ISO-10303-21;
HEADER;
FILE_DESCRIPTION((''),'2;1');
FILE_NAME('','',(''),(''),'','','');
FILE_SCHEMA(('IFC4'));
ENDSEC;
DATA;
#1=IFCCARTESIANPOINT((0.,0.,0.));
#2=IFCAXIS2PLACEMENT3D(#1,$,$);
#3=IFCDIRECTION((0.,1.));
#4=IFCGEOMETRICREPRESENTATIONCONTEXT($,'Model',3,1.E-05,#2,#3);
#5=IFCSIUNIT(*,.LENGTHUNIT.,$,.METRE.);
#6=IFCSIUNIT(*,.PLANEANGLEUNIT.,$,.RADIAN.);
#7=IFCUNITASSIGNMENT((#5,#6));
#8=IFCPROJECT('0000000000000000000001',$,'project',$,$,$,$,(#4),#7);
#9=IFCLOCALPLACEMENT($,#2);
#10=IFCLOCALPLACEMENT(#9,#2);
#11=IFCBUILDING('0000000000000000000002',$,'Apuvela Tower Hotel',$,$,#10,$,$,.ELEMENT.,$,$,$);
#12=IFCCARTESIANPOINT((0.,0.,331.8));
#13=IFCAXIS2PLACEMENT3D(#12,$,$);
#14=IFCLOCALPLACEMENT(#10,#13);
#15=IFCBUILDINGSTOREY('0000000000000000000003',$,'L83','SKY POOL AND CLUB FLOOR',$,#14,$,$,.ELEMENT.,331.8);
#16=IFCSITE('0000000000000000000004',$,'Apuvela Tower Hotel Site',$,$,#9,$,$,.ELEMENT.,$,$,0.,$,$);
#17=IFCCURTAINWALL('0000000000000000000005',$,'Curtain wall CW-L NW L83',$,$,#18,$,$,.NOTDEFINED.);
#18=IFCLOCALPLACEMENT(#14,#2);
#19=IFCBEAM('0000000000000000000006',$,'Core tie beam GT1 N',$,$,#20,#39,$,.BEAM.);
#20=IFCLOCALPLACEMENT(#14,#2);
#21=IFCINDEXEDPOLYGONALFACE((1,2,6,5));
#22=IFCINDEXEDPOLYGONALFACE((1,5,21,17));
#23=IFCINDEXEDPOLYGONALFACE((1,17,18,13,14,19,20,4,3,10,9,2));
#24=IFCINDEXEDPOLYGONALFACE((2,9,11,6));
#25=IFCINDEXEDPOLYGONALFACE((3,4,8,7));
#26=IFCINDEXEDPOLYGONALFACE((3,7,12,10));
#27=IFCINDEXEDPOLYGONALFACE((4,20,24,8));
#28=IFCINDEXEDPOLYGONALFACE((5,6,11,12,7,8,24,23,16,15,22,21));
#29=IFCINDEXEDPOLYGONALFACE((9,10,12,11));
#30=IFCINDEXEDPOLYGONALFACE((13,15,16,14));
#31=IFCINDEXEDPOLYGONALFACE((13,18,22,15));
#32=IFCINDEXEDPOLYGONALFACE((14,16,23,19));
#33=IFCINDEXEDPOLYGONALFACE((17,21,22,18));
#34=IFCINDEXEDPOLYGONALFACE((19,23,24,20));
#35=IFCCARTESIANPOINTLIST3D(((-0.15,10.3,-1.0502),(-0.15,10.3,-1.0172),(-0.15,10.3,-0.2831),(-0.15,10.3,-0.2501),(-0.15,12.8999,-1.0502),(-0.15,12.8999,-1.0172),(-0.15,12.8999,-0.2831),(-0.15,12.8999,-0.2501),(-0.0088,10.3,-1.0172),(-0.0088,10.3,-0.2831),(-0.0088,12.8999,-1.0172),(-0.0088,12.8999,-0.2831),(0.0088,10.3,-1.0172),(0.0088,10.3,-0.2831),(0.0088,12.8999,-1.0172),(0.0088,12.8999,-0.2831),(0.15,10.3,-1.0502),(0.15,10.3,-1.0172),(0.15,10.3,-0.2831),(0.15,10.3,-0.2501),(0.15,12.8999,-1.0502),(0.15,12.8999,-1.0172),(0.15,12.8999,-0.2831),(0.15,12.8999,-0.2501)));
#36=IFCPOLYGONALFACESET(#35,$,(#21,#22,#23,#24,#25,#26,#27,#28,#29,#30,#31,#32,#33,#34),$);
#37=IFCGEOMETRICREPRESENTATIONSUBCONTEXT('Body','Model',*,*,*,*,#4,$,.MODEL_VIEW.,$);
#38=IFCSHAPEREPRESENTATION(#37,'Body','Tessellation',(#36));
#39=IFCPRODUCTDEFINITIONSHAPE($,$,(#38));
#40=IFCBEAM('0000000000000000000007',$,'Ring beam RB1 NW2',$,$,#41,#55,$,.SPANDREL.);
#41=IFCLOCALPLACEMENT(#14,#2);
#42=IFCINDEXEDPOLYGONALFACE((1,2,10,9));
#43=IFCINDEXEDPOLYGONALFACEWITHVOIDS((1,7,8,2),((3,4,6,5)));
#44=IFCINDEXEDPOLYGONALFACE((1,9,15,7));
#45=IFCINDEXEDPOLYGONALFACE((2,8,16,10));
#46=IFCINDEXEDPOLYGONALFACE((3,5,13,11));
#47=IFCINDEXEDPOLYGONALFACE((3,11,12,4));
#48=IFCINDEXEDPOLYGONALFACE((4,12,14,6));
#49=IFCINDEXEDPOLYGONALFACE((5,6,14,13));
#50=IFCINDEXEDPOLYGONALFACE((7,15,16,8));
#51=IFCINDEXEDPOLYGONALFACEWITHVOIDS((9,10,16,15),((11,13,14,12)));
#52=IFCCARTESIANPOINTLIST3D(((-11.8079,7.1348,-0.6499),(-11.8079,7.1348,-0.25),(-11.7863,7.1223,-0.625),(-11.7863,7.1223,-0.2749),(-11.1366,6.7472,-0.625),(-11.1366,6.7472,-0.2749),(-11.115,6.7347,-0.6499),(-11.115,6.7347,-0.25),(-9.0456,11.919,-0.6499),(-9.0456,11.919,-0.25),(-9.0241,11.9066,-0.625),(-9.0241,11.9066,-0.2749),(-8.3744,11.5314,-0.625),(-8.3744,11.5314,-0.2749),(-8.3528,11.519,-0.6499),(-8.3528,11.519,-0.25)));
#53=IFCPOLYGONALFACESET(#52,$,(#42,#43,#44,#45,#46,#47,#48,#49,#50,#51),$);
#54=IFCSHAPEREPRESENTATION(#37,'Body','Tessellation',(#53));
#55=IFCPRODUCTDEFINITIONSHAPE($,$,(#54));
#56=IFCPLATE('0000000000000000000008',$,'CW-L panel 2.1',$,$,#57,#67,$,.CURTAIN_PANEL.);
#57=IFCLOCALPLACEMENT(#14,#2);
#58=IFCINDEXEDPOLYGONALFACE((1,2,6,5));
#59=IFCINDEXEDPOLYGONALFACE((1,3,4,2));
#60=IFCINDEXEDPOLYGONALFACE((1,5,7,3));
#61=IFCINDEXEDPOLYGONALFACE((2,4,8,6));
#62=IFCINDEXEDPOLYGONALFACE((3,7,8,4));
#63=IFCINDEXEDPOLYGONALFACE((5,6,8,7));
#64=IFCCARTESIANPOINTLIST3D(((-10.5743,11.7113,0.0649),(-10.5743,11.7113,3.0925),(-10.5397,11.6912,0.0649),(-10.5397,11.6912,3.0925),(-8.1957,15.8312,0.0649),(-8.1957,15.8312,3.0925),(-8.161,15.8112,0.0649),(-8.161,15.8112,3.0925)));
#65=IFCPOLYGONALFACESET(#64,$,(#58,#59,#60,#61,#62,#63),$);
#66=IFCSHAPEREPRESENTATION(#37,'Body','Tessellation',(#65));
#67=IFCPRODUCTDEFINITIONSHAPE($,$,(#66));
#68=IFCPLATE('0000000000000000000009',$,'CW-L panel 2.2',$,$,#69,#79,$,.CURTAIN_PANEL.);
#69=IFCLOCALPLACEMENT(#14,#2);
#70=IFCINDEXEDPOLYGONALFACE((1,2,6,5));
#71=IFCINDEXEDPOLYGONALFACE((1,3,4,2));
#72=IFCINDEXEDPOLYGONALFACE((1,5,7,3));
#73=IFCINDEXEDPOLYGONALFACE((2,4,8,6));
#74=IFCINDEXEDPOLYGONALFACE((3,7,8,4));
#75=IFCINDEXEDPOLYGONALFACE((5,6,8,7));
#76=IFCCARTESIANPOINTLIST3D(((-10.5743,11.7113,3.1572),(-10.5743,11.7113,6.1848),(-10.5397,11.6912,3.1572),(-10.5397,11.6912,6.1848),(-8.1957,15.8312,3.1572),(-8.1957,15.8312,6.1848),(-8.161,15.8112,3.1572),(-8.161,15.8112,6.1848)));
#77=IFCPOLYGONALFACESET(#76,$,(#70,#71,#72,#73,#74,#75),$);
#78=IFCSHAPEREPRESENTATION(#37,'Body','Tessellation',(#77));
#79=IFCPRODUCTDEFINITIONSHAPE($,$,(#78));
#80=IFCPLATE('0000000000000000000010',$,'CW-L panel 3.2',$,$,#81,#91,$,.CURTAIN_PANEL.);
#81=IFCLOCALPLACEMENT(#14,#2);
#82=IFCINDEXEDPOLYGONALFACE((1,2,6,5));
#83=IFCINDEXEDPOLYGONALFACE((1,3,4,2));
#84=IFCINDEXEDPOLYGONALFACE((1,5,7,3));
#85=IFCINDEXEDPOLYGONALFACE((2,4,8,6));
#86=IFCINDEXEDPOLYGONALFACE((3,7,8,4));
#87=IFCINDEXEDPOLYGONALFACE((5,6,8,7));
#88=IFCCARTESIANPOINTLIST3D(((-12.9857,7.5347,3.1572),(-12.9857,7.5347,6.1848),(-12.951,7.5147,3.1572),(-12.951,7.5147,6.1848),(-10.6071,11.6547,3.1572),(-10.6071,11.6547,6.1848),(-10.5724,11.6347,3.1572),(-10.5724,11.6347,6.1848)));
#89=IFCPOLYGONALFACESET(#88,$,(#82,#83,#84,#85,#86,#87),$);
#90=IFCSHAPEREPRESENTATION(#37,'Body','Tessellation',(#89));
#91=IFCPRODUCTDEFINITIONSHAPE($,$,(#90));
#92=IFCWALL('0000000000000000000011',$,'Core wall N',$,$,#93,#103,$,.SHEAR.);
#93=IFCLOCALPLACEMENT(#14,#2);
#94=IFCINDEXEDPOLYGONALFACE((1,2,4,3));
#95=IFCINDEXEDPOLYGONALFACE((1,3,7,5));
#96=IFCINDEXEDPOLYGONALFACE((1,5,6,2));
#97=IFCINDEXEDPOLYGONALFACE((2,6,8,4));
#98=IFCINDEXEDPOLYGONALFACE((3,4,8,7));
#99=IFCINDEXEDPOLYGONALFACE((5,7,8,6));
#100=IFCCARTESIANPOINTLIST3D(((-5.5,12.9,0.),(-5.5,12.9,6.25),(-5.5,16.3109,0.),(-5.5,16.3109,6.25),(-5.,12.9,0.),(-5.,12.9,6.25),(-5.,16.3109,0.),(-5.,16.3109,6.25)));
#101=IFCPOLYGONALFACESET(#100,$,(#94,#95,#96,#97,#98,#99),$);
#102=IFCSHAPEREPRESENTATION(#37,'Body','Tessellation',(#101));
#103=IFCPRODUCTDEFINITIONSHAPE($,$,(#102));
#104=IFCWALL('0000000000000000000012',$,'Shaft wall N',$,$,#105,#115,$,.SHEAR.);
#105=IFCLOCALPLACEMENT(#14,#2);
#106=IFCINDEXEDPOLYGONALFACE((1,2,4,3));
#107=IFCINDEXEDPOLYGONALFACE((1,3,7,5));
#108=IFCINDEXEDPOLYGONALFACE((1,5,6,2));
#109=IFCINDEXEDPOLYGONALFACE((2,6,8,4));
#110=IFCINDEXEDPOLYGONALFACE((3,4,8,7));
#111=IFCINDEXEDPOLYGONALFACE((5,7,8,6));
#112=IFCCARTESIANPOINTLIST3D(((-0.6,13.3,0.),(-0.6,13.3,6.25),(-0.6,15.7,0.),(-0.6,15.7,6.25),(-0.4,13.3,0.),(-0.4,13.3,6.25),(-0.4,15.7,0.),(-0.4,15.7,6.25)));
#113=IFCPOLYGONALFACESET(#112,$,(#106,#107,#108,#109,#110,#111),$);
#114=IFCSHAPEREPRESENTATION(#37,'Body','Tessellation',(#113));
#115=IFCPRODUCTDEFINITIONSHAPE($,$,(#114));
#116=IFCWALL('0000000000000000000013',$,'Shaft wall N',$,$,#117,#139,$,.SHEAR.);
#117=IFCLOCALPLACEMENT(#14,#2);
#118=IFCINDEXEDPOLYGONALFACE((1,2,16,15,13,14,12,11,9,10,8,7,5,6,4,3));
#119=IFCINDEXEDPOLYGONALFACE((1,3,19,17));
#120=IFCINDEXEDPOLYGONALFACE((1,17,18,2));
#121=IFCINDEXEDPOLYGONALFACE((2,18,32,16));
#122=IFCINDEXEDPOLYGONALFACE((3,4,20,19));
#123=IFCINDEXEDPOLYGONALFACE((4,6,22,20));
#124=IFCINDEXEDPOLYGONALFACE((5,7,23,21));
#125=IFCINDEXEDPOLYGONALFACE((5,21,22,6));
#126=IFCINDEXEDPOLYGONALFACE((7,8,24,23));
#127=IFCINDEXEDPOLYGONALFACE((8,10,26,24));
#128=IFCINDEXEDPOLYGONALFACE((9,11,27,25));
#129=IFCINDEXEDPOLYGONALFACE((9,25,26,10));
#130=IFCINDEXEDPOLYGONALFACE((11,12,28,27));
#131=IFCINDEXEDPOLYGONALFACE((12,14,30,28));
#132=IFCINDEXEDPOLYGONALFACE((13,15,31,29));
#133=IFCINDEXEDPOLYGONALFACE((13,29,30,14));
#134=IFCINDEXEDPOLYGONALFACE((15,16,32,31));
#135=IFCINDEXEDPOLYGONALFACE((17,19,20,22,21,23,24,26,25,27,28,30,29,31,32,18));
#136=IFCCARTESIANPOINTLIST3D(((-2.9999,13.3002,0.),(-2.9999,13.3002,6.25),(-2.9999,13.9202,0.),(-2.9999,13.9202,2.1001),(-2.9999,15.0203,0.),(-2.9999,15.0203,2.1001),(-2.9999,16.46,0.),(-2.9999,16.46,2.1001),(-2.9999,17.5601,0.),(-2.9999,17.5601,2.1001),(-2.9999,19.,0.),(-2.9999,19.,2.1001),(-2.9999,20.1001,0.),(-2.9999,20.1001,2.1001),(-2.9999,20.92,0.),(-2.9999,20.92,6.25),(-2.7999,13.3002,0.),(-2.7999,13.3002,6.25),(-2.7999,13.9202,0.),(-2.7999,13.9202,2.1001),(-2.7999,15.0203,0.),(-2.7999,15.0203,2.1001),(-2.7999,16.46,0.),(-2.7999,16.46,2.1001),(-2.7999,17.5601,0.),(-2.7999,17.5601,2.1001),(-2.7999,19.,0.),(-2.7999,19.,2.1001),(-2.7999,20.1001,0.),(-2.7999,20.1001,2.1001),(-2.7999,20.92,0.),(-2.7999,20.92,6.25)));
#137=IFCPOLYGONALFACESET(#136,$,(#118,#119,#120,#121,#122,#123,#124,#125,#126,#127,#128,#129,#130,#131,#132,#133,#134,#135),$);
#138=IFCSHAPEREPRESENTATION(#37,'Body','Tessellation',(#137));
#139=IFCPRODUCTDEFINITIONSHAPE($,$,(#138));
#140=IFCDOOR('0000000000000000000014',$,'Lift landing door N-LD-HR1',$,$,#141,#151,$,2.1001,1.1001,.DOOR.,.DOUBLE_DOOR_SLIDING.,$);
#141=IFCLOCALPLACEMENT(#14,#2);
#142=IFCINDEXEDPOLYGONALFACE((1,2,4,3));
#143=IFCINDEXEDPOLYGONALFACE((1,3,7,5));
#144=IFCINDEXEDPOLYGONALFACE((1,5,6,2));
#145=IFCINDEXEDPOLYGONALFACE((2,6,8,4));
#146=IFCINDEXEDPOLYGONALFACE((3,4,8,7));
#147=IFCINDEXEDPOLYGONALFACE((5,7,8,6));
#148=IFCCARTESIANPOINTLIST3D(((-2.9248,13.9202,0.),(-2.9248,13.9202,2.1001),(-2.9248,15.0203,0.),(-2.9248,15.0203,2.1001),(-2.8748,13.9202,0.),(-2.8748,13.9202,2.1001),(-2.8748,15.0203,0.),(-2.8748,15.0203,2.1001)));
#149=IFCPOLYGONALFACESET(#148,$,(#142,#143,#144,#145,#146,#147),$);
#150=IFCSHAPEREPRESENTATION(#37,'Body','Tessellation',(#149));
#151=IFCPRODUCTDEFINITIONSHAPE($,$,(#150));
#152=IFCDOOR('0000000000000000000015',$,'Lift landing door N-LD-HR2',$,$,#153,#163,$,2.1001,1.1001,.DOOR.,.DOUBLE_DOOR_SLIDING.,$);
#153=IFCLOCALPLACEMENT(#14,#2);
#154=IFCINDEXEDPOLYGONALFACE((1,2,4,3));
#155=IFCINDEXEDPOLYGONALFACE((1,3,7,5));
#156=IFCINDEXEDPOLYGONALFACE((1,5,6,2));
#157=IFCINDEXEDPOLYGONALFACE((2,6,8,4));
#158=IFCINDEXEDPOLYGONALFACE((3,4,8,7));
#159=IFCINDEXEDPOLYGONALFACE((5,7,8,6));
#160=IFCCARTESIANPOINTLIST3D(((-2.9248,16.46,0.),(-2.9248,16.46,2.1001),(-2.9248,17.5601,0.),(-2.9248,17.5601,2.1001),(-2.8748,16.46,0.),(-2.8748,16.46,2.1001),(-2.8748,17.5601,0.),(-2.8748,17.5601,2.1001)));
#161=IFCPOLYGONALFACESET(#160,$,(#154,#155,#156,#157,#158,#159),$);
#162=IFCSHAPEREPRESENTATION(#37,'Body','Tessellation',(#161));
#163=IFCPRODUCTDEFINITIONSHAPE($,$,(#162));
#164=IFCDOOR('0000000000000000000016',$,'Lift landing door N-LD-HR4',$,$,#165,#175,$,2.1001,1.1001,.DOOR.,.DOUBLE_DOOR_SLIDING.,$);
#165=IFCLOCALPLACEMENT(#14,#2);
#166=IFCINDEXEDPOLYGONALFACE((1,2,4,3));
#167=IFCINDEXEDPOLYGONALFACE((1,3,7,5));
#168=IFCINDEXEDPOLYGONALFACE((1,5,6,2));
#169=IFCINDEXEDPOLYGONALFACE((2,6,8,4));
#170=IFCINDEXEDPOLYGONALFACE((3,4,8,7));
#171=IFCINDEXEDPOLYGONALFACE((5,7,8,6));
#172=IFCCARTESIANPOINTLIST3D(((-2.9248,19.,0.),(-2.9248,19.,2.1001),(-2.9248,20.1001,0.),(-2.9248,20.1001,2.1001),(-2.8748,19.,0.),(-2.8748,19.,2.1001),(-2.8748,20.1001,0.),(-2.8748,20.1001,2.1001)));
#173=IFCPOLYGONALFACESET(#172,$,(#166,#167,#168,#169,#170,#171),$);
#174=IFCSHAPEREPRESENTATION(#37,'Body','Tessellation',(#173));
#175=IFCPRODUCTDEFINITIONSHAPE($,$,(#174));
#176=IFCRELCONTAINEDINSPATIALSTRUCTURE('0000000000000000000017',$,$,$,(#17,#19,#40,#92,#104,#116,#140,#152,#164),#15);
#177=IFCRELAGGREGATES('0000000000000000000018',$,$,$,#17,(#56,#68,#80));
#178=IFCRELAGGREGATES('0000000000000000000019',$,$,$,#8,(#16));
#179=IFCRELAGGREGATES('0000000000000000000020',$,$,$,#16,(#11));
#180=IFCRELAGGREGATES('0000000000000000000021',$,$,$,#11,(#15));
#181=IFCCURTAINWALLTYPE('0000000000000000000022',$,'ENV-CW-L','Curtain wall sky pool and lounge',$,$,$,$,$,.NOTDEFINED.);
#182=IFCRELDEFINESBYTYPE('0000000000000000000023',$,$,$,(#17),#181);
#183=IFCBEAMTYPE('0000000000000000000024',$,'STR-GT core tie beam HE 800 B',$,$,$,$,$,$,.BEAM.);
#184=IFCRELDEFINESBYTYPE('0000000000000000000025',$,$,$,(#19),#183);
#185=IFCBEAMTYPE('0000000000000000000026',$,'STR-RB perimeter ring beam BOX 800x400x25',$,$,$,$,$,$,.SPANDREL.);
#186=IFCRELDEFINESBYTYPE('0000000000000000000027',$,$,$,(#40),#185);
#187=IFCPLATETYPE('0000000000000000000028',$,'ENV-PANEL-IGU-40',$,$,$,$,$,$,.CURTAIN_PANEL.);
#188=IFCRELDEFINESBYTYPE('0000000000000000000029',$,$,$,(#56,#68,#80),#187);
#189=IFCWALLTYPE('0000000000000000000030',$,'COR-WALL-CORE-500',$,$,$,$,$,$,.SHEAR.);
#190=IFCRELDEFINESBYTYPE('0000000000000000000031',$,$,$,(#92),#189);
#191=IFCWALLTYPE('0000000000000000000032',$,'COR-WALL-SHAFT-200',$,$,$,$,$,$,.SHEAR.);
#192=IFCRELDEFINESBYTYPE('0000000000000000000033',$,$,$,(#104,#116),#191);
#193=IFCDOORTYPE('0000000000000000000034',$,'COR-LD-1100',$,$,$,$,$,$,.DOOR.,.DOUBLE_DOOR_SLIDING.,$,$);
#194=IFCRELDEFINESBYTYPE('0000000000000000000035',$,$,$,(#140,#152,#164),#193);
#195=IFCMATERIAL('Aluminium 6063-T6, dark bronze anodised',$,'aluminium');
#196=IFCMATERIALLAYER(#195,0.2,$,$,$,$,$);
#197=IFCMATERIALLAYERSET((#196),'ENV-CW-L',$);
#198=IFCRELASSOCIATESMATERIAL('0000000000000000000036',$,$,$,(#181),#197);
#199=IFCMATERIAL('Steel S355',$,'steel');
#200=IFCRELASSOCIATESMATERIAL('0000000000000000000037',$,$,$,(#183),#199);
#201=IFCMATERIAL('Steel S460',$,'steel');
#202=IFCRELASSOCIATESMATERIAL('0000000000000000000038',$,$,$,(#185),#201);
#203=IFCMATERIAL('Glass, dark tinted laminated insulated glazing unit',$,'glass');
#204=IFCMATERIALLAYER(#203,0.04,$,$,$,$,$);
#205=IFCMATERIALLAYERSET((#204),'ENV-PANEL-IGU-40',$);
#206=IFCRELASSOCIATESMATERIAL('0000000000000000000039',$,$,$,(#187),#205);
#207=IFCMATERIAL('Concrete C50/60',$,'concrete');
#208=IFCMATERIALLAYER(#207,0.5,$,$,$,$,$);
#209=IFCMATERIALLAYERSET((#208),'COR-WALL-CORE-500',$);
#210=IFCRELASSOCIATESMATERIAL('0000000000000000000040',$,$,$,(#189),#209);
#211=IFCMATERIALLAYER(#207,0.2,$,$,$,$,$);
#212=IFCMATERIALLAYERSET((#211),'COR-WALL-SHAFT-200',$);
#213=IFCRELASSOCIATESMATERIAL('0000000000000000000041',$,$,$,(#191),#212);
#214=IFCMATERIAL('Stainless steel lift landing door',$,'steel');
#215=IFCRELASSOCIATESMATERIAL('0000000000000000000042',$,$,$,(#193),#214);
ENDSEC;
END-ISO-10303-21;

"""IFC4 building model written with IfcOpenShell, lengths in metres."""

from ifc_helpers import new_model, si_unit, direction, frame, frame_2d, origin, origin_2d, place, context, subcontext, project, spatial, rectangle, hollow_rectangle, i_section, extrude, material, layer, layer_set, material_profile, profile_set, type_object, element, fill, aggregate, save


model = new_model("IFC4")

# Units and contexts
model_context = context("Model", 3, precision=1e-05, world=origin(), true_north=direction((0.0, 1.0)))
body_context = subcontext(model_context, "Body", "Model", "MODEL_VIEW")
ifc_project = project(units=[si_unit("LENGTHUNIT", "METRE"), si_unit("PLANEANGLEUNIT", "RADIAN")], contexts=[model_context])

# Site, building, storey
site_placement = place(None, origin())
site = spatial("IfcSite", under=ifc_project, at=site_placement, Name="Apuvela Tower Hotel Site", CompositionType="ELEMENT", RefElevation=0.0)
building_placement = place(site_placement, origin())
building = spatial("IfcBuilding", under=site, at=building_placement, Name="Apuvela Tower Hotel", CompositionType="ELEMENT")
storey_placement = place(building_placement, frame((0.0, 0.0, 331.8)))
storey = spatial("IfcBuildingStorey", under=building, at=storey_placement, Name="L83", Description="SKY POOL AND CLUB FLOOR", CompositionType="ELEMENT", Elevation=331.8)

# Shared definitions
ifc_material_1 = material(Name="Steel S460", Category="steel")

# Curtain wall
ifc_material_2 = material(Name="Aluminium 6063-T6, dark bronze anodised", Category="aluminium")
ifc_layer_1 = layer(ifc_material_2, 0.2)
ifc_layer_set_1 = layer_set([ifc_layer_1], Name="ENV-CW-L")
curtain_wall_type = type_object("IfcCurtainWallType", Name="ENV-CW-L", Description="Curtain wall sky pool and lounge", PredefinedType="NOTDEFINED", material=ifc_layer_set_1)
curtain_wall_placement = place(storey_placement, origin())
curtain_wall = element("IfcCurtainWall", 1, at=curtain_wall_placement, inside=storey, type_object=curtain_wall_type, Name="Curtain wall CW-L NW L83", PredefinedType="NOTDEFINED")

# Beams
ifc_material_3 = material(Name="Steel S355", Category="steel")
ifc_material_profile_1 = material_profile(ifc_material_3, i_section(OverallWidth=0.3, OverallDepth=0.8, WebThickness=0.0176, FlangeThickness=0.033, at=origin_2d()), Name="HE 800 B")
ifc_profile_set_1 = profile_set([ifc_material_profile_1], Name="Steel S355")
beam_type_1 = type_object("IfcBeamType", Name="STR-GT core tie beam HE 800 B", PredefinedType="BEAM", material=ifc_profile_set_1)
beam_1_placement = place(storey_placement, frame((0.0, 12.8999, -0.6501), z_axis=(0.0, -1.0, 0.0), x_axis=(1.0, 0.0, 0.0)))
element("IfcBeam", 2, at=beam_1_placement, inside=storey, type_object=beam_type_1, Name="Core tie beam GT1 N", PredefinedType="BEAM", context=body_context, shape_type="SweptSolid", body=[
    extrude(i_section(OverallWidth=0.3, OverallDepth=0.8, WebThickness=0.0176, FlangeThickness=0.033, at=origin_2d()), origin(), (0.0, 0.0, 1.0), 2.5999),
])
ifc_material_profile_2 = material_profile(ifc_material_1, hollow_rectangle(XDim=0.8, YDim=0.3999, WallThickness=0.0249, at=origin_2d()), Name="BOX 800x400x25")
ifc_profile_set_2 = profile_set([ifc_material_profile_2], Name="Steel S460")
beam_type_2 = type_object("IfcBeamType", Name="STR-RB perimeter ring beam BOX 800x400x25", PredefinedType="SPANDREL", material=ifc_profile_set_2)
beam_2_placement = place(storey_placement, frame((-8.6992, 11.719, -0.45), z_axis=(-0.500008, -0.866021, 0.0), x_axis=(0.866021, -0.500008, 0.0)))
element("IfcBeam", 3, at=beam_2_placement, inside=storey, type_object=beam_type_2, Name="Ring beam RB1 NW2", PredefinedType="SPANDREL", context=body_context, shape_type="SweptSolid", body=[
    extrude(hollow_rectangle(XDim=0.8, YDim=0.3999, WallThickness=0.0249, at=origin_2d()), origin(), (0.0, 0.0, 1.0), 5.5244),
])

# Plates
ifc_material_4 = material(Name="Glass, dark tinted laminated insulated glazing unit", Category="glass")
ifc_layer_2 = layer(ifc_material_4, 0.04)
ifc_layer_set_2 = layer_set([ifc_layer_2], Name="ENV-PANEL-IGU-40")
plate_type = type_object("IfcPlateType", Name="ENV-PANEL-IGU-40", PredefinedType="CURTAIN_PANEL", material=ifc_layer_set_2)
plate_1_placement = place(storey_placement, frame((-9.3677, 13.7612, 0.0649), z_axis=(0.0, 0.0, 1.0), x_axis=(-0.5, -0.866025, 0.0)))
plate_1 = element("IfcPlate", 4, at=plate_1_placement, type_object=plate_type, Name="CW-L panel 2.1", PredefinedType="CURTAIN_PANEL", context=body_context, shape_type="SweptSolid", body=[
    extrude(rectangle(XDim=4.7573, YDim=0.04, at=origin_2d()), origin(), (0.0, 0.0, 1.0), 3.0276),
])
plate_2_placement = place(storey_placement, frame((-9.3677, 13.7612, 3.1572), z_axis=(0.0, 0.0, 1.0), x_axis=(-0.5, -0.866025, 0.0)))
plate_2 = element("IfcPlate", 5, at=plate_2_placement, type_object=plate_type, Name="CW-L panel 2.2", PredefinedType="CURTAIN_PANEL", context=body_context, shape_type="SweptSolid", body=[
    extrude(rectangle(XDim=4.7573, YDim=0.04, at=origin_2d()), origin(), (0.0, 0.0, 1.0), 3.0276),
])
plate_3_placement = place(storey_placement, frame((-11.7791, 9.5847, 3.1572), z_axis=(0.0, 0.0, 1.0), x_axis=(-0.5, -0.866025, 0.0)))
plate_3 = element("IfcPlate", 6, at=plate_3_placement, type_object=plate_type, Name="CW-L panel 3.2", PredefinedType="CURTAIN_PANEL", context=body_context, shape_type="SweptSolid", body=[
    extrude(rectangle(XDim=4.7573, YDim=0.04, at=origin_2d()), origin(), (0.0, 0.0, 1.0), 3.0276),
])
aggregate(curtain_wall, [plate_1, plate_2, plate_3])

# Walls
ifc_material_5 = material(Name="Concrete C50/60", Category="concrete")
ifc_layer_3 = layer(ifc_material_5, 0.5)
ifc_layer_set_3 = layer_set([ifc_layer_3], Name="COR-WALL-CORE-500")
wall_type_1 = type_object("IfcWallType", Name="COR-WALL-CORE-500", PredefinedType="SHEAR", material=ifc_layer_set_3)
wall_1_placement = place(storey_placement, frame((-5.25, 12.8999, 0.0), z_axis=(0.0, 0.0, 1.0), x_axis=(0.0, 1.0, 0.0)))
element("IfcWall", 7, at=wall_1_placement, inside=storey, type_object=wall_type_1, Name="Core wall N", PredefinedType="SHEAR", context=body_context, shape_type="SweptSolid", body=[
    extrude(rectangle(XDim=3.4109, YDim=0.5, at=frame_2d((1.7056, 0.0))), origin(), (0.0, 0.0, 1.0), 6.25),
])
ifc_layer_4 = layer(ifc_material_5, 0.2)
ifc_layer_set_4 = layer_set([ifc_layer_4], Name="COR-WALL-SHAFT-200")
wall_type_2 = type_object("IfcWallType", Name="COR-WALL-SHAFT-200", PredefinedType="SHEAR", material=ifc_layer_set_4)
wall_2_placement = place(storey_placement, frame((-0.5, 13.3, 0.0), z_axis=(0.0, 0.0, 1.0), x_axis=(0.0, 1.0, 0.0)))
element("IfcWall", 8, at=wall_2_placement, inside=storey, type_object=wall_type_2, Name="Shaft wall N", PredefinedType="SHEAR", context=body_context, shape_type="SweptSolid", body=[
    extrude(rectangle(XDim=2.3999, YDim=0.2, at=frame_2d((1.2, 0.0))), origin(), (0.0, 0.0, 1.0), 6.25),
])

# Wall, openings, doors
wall_3_placement = place(storey_placement, frame((-2.8999, 13.3, 0.0), z_axis=(0.0, 0.0, 1.0), x_axis=(0.0, 1.0, 0.0)))
wall_3 = element("IfcWall", 9, at=wall_3_placement, inside=storey, type_object=wall_type_2, Name="Shaft wall N", PredefinedType="SHEAR", context=body_context, shape_type="SweptSolid", body=[
    extrude(rectangle(XDim=7.6199, YDim=0.2, at=frame_2d((3.8101, 0.0))), origin(), (0.0, 0.0, 1.0), 6.25),
])
opening_1_placement = place(wall_3_placement, frame((0.6201, 0.0, 0.0)))
opening_1 = element("IfcOpeningElement", 10, at=opening_1_placement, cuts=wall_3, PredefinedType="OPENING", context=body_context, shape_type="SweptSolid", body=[
    extrude(rectangle(XDim=1.1001, YDim=2.1001, at=frame_2d((0.55, 1.05))), frame((0.0, 0.1099, 0.0), z_axis=(0.0, -1.0, 0.0), x_axis=(1.0, 0.0, 0.0)), (0.0, 0.0, 1.0), 0.22),
])
opening_2_placement = place(wall_3_placement, frame((3.1599, 0.0, 0.0)))
opening_2 = element("IfcOpeningElement", 11, at=opening_2_placement, cuts=wall_3, PredefinedType="OPENING", context=body_context, shape_type="SweptSolid", body=[
    extrude(rectangle(XDim=1.1001, YDim=2.1001, at=frame_2d((0.55, 1.05))), frame((0.0, 0.1099, 0.0), z_axis=(0.0, -1.0, 0.0), x_axis=(1.0, 0.0, 0.0)), (0.0, 0.0, 1.0), 0.22),
])
opening_3_placement = place(wall_3_placement, frame((5.7, 0.0, 0.0)))
opening_3 = element("IfcOpeningElement", 12, at=opening_3_placement, cuts=wall_3, PredefinedType="OPENING", context=body_context, shape_type="SweptSolid", body=[
    extrude(rectangle(XDim=1.1001, YDim=2.1001, at=frame_2d((0.55, 1.05))), frame((0.0, 0.1099, 0.0), z_axis=(0.0, -1.0, 0.0), x_axis=(1.0, 0.0, 0.0)), (0.0, 0.0, 1.0), 0.22),
])
ifc_material_6 = material(Name="Stainless steel lift landing door", Category="steel")
door_type_1 = type_object("IfcDoorType", Name="COR-LD-1100", OperationType="DOUBLE_DOOR_SLIDING", PredefinedType="DOOR", material=ifc_material_6)
door_1_placement = place(opening_1_placement, origin())
door_1 = element("IfcDoor", 13, at=door_1_placement, inside=storey, type_object=door_type_1, Name="Lift landing door N-LD-HR1", OperationType="DOUBLE_DOOR_SLIDING", OverallHeight=2.1001, OverallWidth=1.1001, PredefinedType="DOOR", context=body_context, shape_type="SweptSolid", body=[
    extrude(rectangle(XDim=1.1001, YDim=2.1001, at=frame_2d((0.55, 1.05))), frame((0.0, 0.0249, 0.0), z_axis=(0.0, -1.0, 0.0), x_axis=(1.0, 0.0, 0.0)), (0.0, 0.0, 1.0), 0.05),
])
fill(opening_1, door_1)
door_2_placement = place(opening_2_placement, origin())
door_2 = element("IfcDoor", 14, at=door_2_placement, inside=storey, type_object=door_type_1, Name="Lift landing door N-LD-HR2", OperationType="DOUBLE_DOOR_SLIDING", OverallHeight=2.1001, OverallWidth=1.1001, PredefinedType="DOOR", context=body_context, shape_type="SweptSolid", body=[
    extrude(rectangle(XDim=1.1001, YDim=2.1001, at=frame_2d((0.55, 1.05))), frame((0.0, 0.0249, 0.0), z_axis=(0.0, -1.0, 0.0), x_axis=(1.0, 0.0, 0.0)), (0.0, 0.0, 1.0), 0.05),
])
fill(opening_2, door_2)
door_3_placement = place(opening_3_placement, origin())
door_3 = element("IfcDoor", 15, at=door_3_placement, inside=storey, type_object=door_type_1, Name="Lift landing door N-LD-HR4", OperationType="DOUBLE_DOOR_SLIDING", OverallHeight=2.1001, OverallWidth=1.1001, PredefinedType="DOOR", context=body_context, shape_type="SweptSolid", body=[
    extrude(rectangle(XDim=1.1001, YDim=2.1001, at=frame_2d((0.55, 1.05))), frame((0.0, 0.0249, 0.0), z_axis=(0.0, -1.0, 0.0), x_axis=(1.0, 0.0, 0.0)), (0.0, 0.0, 1.0), 0.05),
])
fill(opening_3, door_3)

save(model, "model.ifc")
